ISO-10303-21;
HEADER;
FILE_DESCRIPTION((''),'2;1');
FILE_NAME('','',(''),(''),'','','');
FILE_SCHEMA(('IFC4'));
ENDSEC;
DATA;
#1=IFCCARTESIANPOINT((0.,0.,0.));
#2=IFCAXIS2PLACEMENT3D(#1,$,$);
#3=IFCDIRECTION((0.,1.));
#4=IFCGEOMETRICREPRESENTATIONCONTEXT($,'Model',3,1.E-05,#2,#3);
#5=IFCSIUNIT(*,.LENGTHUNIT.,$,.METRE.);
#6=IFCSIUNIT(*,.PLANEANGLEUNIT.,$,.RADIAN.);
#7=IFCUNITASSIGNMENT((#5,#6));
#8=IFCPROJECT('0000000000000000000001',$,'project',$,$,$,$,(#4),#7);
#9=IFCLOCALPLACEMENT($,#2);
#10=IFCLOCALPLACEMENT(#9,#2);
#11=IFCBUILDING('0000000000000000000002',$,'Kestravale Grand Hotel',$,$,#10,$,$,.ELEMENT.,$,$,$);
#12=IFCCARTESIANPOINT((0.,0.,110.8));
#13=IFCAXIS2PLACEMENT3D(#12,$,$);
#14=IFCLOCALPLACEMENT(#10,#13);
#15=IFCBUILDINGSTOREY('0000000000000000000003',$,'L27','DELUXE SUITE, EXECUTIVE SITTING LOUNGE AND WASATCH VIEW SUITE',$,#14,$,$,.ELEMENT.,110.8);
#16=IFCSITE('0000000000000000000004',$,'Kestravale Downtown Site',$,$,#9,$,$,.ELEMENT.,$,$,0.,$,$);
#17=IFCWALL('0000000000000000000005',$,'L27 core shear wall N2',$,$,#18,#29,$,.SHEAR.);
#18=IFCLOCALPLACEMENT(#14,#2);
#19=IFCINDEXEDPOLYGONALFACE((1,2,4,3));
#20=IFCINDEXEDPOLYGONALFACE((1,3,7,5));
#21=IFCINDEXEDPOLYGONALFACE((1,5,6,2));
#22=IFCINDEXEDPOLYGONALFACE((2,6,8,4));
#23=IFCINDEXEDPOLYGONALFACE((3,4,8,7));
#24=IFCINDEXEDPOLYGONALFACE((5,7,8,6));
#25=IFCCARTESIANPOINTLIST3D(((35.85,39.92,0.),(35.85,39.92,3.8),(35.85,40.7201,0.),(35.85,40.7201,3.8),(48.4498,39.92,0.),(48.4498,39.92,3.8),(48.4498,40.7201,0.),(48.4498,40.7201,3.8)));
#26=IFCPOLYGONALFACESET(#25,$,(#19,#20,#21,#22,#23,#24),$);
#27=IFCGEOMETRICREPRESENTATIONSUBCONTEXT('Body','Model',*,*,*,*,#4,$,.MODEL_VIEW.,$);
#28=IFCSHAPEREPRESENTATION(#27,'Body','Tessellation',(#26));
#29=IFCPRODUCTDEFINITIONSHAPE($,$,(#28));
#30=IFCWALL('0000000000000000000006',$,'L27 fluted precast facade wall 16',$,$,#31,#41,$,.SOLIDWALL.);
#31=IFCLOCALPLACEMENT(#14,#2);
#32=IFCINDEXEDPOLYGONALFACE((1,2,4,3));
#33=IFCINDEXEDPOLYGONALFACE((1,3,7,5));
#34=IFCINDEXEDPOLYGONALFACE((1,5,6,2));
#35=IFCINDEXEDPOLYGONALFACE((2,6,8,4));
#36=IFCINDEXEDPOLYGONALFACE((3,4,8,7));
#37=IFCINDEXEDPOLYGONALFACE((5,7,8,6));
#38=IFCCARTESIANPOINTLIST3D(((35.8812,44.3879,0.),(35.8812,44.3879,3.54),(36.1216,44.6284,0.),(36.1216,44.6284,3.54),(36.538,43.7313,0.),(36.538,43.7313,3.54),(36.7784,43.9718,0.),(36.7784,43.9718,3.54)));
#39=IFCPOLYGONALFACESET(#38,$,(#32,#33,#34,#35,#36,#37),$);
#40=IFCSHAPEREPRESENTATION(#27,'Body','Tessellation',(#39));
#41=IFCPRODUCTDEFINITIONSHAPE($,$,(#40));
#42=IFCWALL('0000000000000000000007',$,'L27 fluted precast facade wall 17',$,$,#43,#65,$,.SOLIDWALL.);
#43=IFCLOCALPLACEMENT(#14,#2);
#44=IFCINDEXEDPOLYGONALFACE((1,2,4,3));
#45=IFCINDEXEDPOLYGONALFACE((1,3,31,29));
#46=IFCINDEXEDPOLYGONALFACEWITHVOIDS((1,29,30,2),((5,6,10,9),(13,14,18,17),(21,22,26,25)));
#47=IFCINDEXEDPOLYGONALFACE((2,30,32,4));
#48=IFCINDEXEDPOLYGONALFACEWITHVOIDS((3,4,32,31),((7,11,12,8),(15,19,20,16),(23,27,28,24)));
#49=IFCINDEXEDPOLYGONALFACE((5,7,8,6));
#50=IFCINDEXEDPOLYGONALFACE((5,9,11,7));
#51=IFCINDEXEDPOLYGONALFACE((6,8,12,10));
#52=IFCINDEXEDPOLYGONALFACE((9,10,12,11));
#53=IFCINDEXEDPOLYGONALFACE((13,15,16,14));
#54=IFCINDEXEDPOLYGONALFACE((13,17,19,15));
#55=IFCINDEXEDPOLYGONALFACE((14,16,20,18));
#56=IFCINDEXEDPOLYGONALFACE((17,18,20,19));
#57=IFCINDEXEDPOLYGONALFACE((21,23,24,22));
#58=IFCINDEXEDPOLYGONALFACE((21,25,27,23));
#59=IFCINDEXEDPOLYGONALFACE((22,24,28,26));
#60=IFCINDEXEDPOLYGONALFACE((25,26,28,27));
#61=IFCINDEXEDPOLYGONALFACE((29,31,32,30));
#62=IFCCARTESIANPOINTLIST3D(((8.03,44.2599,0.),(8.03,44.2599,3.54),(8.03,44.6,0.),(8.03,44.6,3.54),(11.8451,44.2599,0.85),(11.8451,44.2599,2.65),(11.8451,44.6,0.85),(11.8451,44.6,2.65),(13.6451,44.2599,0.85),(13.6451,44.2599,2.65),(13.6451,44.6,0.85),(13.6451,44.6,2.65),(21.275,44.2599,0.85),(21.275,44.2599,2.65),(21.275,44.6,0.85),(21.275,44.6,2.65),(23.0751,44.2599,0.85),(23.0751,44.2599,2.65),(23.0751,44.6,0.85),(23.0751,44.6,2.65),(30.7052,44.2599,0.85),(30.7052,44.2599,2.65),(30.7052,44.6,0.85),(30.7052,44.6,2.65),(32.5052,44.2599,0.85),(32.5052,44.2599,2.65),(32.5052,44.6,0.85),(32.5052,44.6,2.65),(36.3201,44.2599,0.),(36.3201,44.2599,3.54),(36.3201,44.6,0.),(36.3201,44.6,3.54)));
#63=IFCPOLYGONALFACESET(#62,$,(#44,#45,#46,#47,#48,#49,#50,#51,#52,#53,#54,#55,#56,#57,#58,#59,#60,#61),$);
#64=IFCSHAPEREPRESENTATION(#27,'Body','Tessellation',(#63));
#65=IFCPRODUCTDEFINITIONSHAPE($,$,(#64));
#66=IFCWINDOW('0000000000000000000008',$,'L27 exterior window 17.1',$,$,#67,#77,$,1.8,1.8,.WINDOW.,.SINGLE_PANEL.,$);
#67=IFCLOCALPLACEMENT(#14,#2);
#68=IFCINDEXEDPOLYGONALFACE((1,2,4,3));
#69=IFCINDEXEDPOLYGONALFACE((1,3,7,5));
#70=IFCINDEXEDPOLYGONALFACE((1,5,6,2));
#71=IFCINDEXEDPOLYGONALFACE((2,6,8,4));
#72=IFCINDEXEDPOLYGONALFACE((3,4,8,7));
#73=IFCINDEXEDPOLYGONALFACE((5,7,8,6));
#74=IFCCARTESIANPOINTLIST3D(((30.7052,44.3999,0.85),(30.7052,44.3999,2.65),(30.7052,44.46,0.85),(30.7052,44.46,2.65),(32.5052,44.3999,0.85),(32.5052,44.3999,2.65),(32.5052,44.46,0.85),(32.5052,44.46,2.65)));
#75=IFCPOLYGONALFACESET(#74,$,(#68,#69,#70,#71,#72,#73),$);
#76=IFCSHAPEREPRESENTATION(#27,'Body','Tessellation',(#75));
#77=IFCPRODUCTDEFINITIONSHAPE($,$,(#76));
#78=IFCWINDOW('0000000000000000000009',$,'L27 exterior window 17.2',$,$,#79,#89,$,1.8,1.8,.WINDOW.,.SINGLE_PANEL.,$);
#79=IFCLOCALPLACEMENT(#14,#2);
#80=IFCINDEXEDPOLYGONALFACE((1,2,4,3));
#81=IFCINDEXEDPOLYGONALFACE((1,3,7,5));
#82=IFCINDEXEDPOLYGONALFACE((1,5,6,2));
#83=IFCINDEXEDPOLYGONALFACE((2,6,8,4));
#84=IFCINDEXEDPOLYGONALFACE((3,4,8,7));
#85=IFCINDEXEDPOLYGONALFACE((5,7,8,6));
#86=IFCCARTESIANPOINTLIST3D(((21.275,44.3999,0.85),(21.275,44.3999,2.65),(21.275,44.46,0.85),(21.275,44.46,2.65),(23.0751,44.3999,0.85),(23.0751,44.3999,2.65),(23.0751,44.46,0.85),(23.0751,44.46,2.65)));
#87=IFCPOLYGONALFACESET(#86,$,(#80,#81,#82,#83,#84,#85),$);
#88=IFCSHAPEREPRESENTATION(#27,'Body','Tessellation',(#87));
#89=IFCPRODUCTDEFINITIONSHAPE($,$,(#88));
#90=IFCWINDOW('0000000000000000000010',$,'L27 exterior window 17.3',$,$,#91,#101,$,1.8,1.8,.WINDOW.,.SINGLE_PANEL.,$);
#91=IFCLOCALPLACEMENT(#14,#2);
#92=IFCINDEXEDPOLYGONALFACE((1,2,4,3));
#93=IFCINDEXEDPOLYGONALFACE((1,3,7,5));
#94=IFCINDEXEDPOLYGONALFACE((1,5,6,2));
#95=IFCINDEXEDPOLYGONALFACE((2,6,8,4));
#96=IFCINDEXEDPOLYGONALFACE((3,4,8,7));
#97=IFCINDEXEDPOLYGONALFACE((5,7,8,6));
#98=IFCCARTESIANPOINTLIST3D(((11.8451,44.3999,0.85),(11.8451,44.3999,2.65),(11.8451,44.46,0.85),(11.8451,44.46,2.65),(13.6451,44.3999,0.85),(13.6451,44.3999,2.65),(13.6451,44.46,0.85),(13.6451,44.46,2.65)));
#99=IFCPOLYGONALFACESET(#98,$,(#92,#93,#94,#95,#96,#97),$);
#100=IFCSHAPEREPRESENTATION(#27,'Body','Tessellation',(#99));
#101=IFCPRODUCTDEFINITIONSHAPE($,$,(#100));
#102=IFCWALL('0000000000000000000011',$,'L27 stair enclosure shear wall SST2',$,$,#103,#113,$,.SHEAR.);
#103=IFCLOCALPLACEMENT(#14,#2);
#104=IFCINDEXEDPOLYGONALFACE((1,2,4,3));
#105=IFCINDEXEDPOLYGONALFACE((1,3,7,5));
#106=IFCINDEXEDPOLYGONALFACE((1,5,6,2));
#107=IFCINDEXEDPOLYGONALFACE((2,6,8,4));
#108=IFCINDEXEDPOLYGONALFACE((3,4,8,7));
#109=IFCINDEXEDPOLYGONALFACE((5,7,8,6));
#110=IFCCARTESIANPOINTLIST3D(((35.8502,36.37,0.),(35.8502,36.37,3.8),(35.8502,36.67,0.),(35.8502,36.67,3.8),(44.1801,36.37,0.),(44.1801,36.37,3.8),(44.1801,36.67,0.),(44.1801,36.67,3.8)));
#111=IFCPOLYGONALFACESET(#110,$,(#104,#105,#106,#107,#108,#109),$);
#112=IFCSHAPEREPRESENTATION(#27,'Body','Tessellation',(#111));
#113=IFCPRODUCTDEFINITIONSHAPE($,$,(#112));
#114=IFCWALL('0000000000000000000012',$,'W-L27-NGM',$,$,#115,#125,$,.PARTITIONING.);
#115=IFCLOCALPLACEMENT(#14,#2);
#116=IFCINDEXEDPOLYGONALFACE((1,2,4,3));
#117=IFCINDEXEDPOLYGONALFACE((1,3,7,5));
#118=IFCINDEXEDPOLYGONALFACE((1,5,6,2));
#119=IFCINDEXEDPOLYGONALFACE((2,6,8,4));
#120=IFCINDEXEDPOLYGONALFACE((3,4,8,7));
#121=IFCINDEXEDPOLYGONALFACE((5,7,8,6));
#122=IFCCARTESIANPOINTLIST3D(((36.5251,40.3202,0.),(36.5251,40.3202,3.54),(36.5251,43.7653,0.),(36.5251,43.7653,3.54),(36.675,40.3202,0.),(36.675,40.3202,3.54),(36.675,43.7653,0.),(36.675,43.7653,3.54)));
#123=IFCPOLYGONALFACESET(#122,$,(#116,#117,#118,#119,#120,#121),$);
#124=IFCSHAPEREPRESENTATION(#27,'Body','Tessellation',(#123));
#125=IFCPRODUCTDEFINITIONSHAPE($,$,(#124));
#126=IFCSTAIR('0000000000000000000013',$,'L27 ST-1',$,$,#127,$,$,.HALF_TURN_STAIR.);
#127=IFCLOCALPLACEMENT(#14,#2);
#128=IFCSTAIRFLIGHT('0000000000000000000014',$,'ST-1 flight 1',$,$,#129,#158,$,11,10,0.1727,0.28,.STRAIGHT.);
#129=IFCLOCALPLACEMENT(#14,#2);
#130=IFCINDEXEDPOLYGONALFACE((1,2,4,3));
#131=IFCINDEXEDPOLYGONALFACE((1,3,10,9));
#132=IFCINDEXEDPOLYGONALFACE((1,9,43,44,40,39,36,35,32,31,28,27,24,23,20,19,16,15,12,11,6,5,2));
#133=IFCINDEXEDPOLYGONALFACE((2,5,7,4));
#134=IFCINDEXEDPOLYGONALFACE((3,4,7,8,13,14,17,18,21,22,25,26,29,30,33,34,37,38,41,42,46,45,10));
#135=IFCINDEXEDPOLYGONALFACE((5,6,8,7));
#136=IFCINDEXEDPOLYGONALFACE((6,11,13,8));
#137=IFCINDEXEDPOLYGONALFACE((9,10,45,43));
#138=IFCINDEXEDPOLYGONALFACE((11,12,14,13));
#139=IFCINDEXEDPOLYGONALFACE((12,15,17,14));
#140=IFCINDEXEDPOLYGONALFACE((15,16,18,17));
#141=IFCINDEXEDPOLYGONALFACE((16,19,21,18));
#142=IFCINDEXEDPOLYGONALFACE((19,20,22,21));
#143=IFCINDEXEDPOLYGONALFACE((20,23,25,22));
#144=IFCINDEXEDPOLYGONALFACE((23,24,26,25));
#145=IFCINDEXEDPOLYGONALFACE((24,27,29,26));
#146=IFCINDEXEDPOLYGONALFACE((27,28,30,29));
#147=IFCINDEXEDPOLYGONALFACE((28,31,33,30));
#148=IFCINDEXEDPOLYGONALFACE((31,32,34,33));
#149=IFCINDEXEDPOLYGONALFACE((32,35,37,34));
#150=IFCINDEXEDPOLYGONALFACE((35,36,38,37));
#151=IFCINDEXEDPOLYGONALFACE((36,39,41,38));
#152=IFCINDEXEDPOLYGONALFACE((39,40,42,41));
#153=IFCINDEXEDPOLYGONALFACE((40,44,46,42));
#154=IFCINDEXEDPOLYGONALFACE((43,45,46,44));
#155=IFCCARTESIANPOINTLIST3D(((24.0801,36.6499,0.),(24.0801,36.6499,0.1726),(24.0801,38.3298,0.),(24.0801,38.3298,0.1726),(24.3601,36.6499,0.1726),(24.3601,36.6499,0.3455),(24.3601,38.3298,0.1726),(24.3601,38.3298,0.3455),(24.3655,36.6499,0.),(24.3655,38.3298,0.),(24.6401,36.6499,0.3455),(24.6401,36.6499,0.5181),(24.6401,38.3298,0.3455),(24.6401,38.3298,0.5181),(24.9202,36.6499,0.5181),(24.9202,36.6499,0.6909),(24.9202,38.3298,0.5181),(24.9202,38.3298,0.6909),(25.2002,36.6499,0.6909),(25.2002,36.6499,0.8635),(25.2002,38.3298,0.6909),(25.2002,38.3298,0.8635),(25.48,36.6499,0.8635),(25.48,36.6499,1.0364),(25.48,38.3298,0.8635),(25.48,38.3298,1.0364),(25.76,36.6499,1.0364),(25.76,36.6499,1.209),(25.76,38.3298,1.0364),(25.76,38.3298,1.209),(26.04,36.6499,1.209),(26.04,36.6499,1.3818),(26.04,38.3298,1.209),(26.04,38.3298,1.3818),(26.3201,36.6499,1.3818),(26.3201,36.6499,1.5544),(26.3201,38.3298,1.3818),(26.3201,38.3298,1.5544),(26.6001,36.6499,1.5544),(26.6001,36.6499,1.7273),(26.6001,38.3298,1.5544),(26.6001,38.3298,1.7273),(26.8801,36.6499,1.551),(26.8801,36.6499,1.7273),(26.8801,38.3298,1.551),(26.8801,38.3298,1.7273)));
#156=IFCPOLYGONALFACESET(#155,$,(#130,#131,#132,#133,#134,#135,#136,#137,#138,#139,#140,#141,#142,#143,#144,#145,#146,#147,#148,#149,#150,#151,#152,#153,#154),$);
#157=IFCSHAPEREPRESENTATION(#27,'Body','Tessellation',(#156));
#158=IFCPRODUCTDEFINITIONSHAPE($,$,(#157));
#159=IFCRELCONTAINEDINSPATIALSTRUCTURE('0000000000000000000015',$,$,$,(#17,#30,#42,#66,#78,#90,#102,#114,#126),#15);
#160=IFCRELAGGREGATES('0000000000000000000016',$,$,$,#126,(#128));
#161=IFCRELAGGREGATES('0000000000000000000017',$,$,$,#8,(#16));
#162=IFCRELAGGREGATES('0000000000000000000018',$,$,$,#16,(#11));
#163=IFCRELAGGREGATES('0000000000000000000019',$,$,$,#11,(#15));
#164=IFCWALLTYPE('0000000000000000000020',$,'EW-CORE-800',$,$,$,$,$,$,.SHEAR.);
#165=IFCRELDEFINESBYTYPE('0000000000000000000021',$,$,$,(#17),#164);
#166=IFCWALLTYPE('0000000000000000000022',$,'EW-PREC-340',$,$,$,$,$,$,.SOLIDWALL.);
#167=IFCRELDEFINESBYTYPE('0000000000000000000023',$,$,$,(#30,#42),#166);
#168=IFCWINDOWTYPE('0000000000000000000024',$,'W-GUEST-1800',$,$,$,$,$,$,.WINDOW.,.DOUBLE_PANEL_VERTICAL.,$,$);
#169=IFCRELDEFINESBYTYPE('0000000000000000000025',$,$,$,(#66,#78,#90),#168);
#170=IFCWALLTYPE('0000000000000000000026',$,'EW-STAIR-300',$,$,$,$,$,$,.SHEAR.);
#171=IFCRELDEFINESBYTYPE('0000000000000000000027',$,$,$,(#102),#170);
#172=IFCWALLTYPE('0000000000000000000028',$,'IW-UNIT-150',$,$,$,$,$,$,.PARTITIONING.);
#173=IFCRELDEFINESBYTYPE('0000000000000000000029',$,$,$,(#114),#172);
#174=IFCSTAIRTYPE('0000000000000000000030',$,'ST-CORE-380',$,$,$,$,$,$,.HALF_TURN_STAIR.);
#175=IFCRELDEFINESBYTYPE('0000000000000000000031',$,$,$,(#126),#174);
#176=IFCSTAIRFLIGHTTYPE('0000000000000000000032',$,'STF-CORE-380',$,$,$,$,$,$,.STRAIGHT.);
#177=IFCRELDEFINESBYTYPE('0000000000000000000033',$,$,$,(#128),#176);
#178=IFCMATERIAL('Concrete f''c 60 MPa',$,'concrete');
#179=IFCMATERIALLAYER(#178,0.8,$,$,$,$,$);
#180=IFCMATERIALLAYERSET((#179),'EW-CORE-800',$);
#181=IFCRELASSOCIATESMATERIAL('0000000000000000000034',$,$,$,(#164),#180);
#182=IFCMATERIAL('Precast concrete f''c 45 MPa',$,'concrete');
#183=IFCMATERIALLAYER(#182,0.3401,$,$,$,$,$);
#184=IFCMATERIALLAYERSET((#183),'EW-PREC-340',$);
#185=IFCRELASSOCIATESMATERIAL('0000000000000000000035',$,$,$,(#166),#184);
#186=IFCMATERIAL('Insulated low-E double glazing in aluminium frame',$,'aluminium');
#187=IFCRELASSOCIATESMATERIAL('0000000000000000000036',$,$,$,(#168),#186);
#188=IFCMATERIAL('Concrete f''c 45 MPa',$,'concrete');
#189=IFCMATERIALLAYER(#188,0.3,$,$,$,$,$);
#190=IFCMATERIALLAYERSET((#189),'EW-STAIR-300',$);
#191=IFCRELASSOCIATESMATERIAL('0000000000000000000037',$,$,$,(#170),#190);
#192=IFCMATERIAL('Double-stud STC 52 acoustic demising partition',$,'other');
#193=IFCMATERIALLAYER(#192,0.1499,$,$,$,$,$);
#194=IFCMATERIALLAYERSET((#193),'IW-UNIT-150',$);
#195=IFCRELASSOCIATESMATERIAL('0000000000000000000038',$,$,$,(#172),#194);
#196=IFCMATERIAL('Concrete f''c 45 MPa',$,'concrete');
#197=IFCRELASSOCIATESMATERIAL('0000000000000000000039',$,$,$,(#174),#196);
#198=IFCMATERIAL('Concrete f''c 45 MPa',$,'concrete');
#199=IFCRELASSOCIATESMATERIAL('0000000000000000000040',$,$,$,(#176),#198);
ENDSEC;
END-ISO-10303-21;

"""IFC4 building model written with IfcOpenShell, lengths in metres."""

from ifc_helpers import new_model, si_unit, direction, frame, frame_2d, origin, place, context, subcontext, project, spatial, polyline, rectangle, outline, extrude, material, layer, layer_set, type_object, element, fill, aggregate, save


model = new_model("IFC4")

# Units and contexts
model_context = context("Model", 3, precision=1e-05, world=origin(), true_north=direction((0.0, 1.0)))
body_context = subcontext(model_context, "Body", "Model", "MODEL_VIEW")
ifc_project = project(units=[si_unit("LENGTHUNIT", "METRE"), si_unit("PLANEANGLEUNIT", "RADIAN")], contexts=[model_context])

# Site, building, storey
site_placement = place(None, origin())
site = spatial("IfcSite", under=ifc_project, at=site_placement, Name="Kestravale Downtown Site", CompositionType="ELEMENT", RefElevation=0.0)
building_placement = place(site_placement, origin())
building = spatial("IfcBuilding", under=site, at=building_placement, Name="Kestravale Grand Hotel", CompositionType="ELEMENT")
storey_placement = place(building_placement, frame((0.0, 0.0, 110.8)))
storey = spatial("IfcBuildingStorey", under=building, at=storey_placement, Name="L27", Description="DELUXE SUITE, EXECUTIVE SITTING LOUNGE AND WASATCH VIEW SUITE", CompositionType="ELEMENT", Elevation=110.8)

# Wall
ifc_material_1 = material(Name="Concrete f'c 60 MPa", Category="concrete")
ifc_layer_1 = layer(ifc_material_1, 0.8)
ifc_layer_set_1 = layer_set([ifc_layer_1], Name="EW-CORE-800")
wall_type_1 = type_object("IfcWallType", Name="EW-CORE-800", PredefinedType="SHEAR", material=ifc_layer_set_1)
wall_1_placement = place(storey_placement, frame((35.8501, 40.3201, 0.0), z_axis=(0.0, 0.0, 1.0), x_axis=(1.0, 0.0, 0.0)))
element("IfcWall", 1, at=wall_1_placement, inside=storey, type_object=wall_type_1, Name="L27 core shear wall N2", PredefinedType="SHEAR", context=body_context, shape_type="SweptSolid", body=[
    extrude(rectangle(XDim=12.5999, YDim=0.8, at=frame_2d((6.2998, 0.0))), origin(), (0.0, 0.0, 1.0), 3.8),
])

# Wall
ifc_material_2 = material(Name="Precast concrete f'c 45 MPa", Category="concrete")
ifc_layer_2 = layer(ifc_material_2, 0.3401)
ifc_layer_set_2 = layer_set([ifc_layer_2], Name="EW-PREC-340")
wall_type_2 = type_object("IfcWallType", Name="EW-PREC-340", PredefinedType="SOLIDWALL", material=ifc_layer_set_2)
wall_2_placement = place(storey_placement, frame((36.6582, 43.8516, 0.0), z_axis=(0.0, 0.0, 1.0), x_axis=(-0.707238, 0.706975, 0.0)))
element("IfcWall", 2, at=wall_2_placement, inside=storey, type_object=wall_type_2, Name="L27 fluted precast facade wall 16", PredefinedType="SOLIDWALL", context=body_context, shape_type="SweptSolid", body=[
    extrude(rectangle(XDim=0.9287, YDim=0.3401, at=frame_2d((0.4644, 0.0))), origin(), (0.0, 0.0, 1.0), 3.54),
])

# Wall, openings, windows
wall_3_placement = place(storey_placement, frame((36.3201, 44.4299, 0.0), z_axis=(0.0, 0.0, 1.0), x_axis=(-1.0, 0.0, 0.0)))
wall_3 = element("IfcWall", 3, at=wall_3_placement, inside=storey, type_object=wall_type_2, Name="L27 fluted precast facade wall 17", PredefinedType="SOLIDWALL", context=body_context, shape_type="SweptSolid", body=[
    extrude(rectangle(XDim=28.29, YDim=0.3401, at=frame_2d((14.145, 0.0))), origin(), (0.0, 0.0, 1.0), 3.54),
])
opening_1_placement = place(wall_3_placement, frame((3.8149, 0.0, 0.8501)))
opening_1 = element("IfcOpeningElement", 4, at=opening_1_placement, cuts=wall_3, PredefinedType="OPENING", context=body_context, shape_type="SweptSolid", body=[
    extrude(rectangle(XDim=1.8, YDim=1.8, at=frame_2d((0.8999, 0.8999))), frame((0.0, 0.1799, 0.0), z_axis=(0.0, -1.0, 0.0), x_axis=(1.0, 0.0, 0.0)), (0.0, 0.0, 1.0), 0.3601),
])
opening_2_placement = place(wall_3_placement, frame((13.2451, 0.0, 0.8501)))
opening_2 = element("IfcOpeningElement", 5, at=opening_2_placement, cuts=wall_3, PredefinedType="OPENING", context=body_context, shape_type="SweptSolid", body=[
    extrude(rectangle(XDim=1.8, YDim=1.8, at=frame_2d((0.8999, 0.8999))), frame((0.0, 0.1799, 0.0), z_axis=(0.0, -1.0, 0.0), x_axis=(1.0, 0.0, 0.0)), (0.0, 0.0, 1.0), 0.3601),
])
opening_3_placement = place(wall_3_placement, frame((22.675, 0.0, 0.8501)))
opening_3 = element("IfcOpeningElement", 6, at=opening_3_placement, cuts=wall_3, PredefinedType="OPENING", context=body_context, shape_type="SweptSolid", body=[
    extrude(rectangle(XDim=1.8, YDim=1.8, at=frame_2d((0.8999, 0.8999))), frame((0.0, 0.1799, 0.0), z_axis=(0.0, -1.0, 0.0), x_axis=(1.0, 0.0, 0.0)), (0.0, 0.0, 1.0), 0.3601),
])
ifc_material_3 = material(Name="Insulated low-E double glazing in aluminium frame", Category="aluminium")
window_type = type_object("IfcWindowType", Name="W-GUEST-1800", PartitioningType="DOUBLE_PANEL_VERTICAL", PredefinedType="WINDOW", material=ifc_material_3)
window_1_placement = place(opening_1_placement, origin())
window_1 = element("IfcWindow", 7, at=window_1_placement, inside=storey, type_object=window_type, Name="L27 exterior window 17.1", OverallHeight=1.8, OverallWidth=1.8, PartitioningType="SINGLE_PANEL", PredefinedType="WINDOW", context=body_context, shape_type="SweptSolid", body=[
    extrude(rectangle(XDim=1.8, YDim=1.8, at=frame_2d((0.8999, 0.8999))), frame((0.0, 0.03, 0.0), z_axis=(0.0, -1.0, 0.0), x_axis=(1.0, 0.0, 0.0)), (0.0, 0.0, 1.0), 0.0601),
])
fill(opening_1, window_1)
window_2_placement = place(opening_2_placement, origin())
window_2 = element("IfcWindow", 8, at=window_2_placement, inside=storey, type_object=window_type, Name="L27 exterior window 17.2", OverallHeight=1.8, OverallWidth=1.8, PartitioningType="SINGLE_PANEL", PredefinedType="WINDOW", context=body_context, shape_type="SweptSolid", body=[
    extrude(rectangle(XDim=1.8, YDim=1.8, at=frame_2d((0.8999, 0.8999))), frame((0.0, 0.03, 0.0), z_axis=(0.0, -1.0, 0.0), x_axis=(1.0, 0.0, 0.0)), (0.0, 0.0, 1.0), 0.0601),
])
fill(opening_2, window_2)
window_3_placement = place(opening_3_placement, origin())
window_3 = element("IfcWindow", 9, at=window_3_placement, inside=storey, type_object=window_type, Name="L27 exterior window 17.3", OverallHeight=1.8, OverallWidth=1.8, PartitioningType="SINGLE_PANEL", PredefinedType="WINDOW", context=body_context, shape_type="SweptSolid", body=[
    extrude(rectangle(XDim=1.8, YDim=1.8, at=frame_2d((0.8999, 0.8999))), frame((0.0, 0.03, 0.0), z_axis=(0.0, -1.0, 0.0), x_axis=(1.0, 0.0, 0.0)), (0.0, 0.0, 1.0), 0.0601),
])
fill(opening_3, window_3)

# Walls
ifc_material_4 = material(Name="Concrete f'c 45 MPa", Category="concrete")
ifc_layer_3 = layer(ifc_material_4, 0.3)
ifc_layer_set_3 = layer_set([ifc_layer_3], Name="EW-STAIR-300")
wall_type_3 = type_object("IfcWallType", Name="EW-STAIR-300", PredefinedType="SHEAR", material=ifc_layer_set_3)
wall_4_placement = place(storey_placement, frame((35.8501, 36.52, 0.0), z_axis=(0.0, 0.0, 1.0), x_axis=(1.0, 0.0, 0.0)))
element("IfcWall", 10, at=wall_4_placement, inside=storey, type_object=wall_type_3, Name="L27 stair enclosure shear wall SST2", PredefinedType="SHEAR", context=body_context, shape_type="SweptSolid", body=[
    extrude(rectangle(XDim=8.3298, YDim=0.3, at=frame_2d((4.165, 0.0))), origin(), (0.0, 0.0, 1.0), 3.8),
])
ifc_material_5 = material(Name="Double-stud STC 52 acoustic demising partition", Category="other")
ifc_layer_4 = layer(ifc_material_5, 0.1499)
ifc_layer_set_4 = layer_set([ifc_layer_4], Name="IW-UNIT-150")
wall_type_4 = type_object("IfcWallType", Name="IW-UNIT-150", PredefinedType="PARTITIONING", material=ifc_layer_set_4)
wall_5_placement = place(storey_placement, frame((36.6001, 40.3201, 0.0), z_axis=(0.0, 0.0, 1.0), x_axis=(0.0, 1.0, 0.0)))
element("IfcWall", 11, at=wall_5_placement, inside=storey, type_object=wall_type_4, Name="W-L27-NGM", PredefinedType="PARTITIONING", context=body_context, shape_type="SweptSolid", body=[
    extrude(rectangle(XDim=3.4451, YDim=0.1499, at=frame_2d((1.7227, 0.0))), origin(), (0.0, 0.0, 1.0), 3.54),
])

# Stair, stair flight
ifc_material_6 = material(Name="Concrete f'c 45 MPa", Category="concrete")
stair_type = type_object("IfcStairType", Name="ST-CORE-380", PredefinedType="HALF_TURN_STAIR", material=ifc_material_6)
stair_placement = place(storey_placement, origin())
stair = element("IfcStair", 12, at=stair_placement, inside=storey, type_object=stair_type, Name="L27 ST-1", PredefinedType="HALF_TURN_STAIR")
ifc_material_7 = material(Name="Concrete f'c 45 MPa", Category="concrete")
stair_flight_type = type_object("IfcStairFlightType", Name="STF-CORE-380", PredefinedType="STRAIGHT", material=ifc_material_7)
stair_flight_1_placement = place(storey_placement, frame((24.0801, 37.49, 0.0), z_axis=(0.0, 0.0, 1.0), x_axis=(1.0, 0.0, 0.0)))
stair_flight_1 = element("IfcStairFlight", 13, at=stair_flight_1_placement, type_object=stair_flight_type, Name="ST-1 flight 1", NumberOfRisers=11, NumberOfTreads=10, PredefinedType="STRAIGHT", RiserHeight=0.1727, TreadLength=0.28, context=body_context, shape_type="SweptSolid", body=[
    extrude(outline(polyline([(0.0, 0.0), (0.0, 0.1726), (0.28, 0.1726), (0.28, 0.3455), (0.5601, 0.3455), (0.5601, 0.5181), (0.8401, 0.5181), (0.8401, 0.6909), (1.1201, 0.6909), (1.1201, 0.8635), (1.3999, 0.8635), (1.3999, 1.0364), (1.6799, 1.0364), (1.6799, 1.209), (1.96, 1.209), (1.96, 1.3818), (2.24, 1.3818), (2.24, 1.5544), (2.52, 1.5544), (2.52, 1.7273), (2.8, 1.7273), (2.8, 1.8999), (2.8, 1.551), (0.2854, 0.0), (0.0, 0.0)])), frame((0.0, 0.8398, 0.0), z_axis=(0.0, -1.0, 0.0), x_axis=(1.0, 0.0, 0.0)), (0.0, 0.0, 1.0), 1.6799),
])
aggregate(stair, [stair_flight_1])

save(model, "model.ifc")
